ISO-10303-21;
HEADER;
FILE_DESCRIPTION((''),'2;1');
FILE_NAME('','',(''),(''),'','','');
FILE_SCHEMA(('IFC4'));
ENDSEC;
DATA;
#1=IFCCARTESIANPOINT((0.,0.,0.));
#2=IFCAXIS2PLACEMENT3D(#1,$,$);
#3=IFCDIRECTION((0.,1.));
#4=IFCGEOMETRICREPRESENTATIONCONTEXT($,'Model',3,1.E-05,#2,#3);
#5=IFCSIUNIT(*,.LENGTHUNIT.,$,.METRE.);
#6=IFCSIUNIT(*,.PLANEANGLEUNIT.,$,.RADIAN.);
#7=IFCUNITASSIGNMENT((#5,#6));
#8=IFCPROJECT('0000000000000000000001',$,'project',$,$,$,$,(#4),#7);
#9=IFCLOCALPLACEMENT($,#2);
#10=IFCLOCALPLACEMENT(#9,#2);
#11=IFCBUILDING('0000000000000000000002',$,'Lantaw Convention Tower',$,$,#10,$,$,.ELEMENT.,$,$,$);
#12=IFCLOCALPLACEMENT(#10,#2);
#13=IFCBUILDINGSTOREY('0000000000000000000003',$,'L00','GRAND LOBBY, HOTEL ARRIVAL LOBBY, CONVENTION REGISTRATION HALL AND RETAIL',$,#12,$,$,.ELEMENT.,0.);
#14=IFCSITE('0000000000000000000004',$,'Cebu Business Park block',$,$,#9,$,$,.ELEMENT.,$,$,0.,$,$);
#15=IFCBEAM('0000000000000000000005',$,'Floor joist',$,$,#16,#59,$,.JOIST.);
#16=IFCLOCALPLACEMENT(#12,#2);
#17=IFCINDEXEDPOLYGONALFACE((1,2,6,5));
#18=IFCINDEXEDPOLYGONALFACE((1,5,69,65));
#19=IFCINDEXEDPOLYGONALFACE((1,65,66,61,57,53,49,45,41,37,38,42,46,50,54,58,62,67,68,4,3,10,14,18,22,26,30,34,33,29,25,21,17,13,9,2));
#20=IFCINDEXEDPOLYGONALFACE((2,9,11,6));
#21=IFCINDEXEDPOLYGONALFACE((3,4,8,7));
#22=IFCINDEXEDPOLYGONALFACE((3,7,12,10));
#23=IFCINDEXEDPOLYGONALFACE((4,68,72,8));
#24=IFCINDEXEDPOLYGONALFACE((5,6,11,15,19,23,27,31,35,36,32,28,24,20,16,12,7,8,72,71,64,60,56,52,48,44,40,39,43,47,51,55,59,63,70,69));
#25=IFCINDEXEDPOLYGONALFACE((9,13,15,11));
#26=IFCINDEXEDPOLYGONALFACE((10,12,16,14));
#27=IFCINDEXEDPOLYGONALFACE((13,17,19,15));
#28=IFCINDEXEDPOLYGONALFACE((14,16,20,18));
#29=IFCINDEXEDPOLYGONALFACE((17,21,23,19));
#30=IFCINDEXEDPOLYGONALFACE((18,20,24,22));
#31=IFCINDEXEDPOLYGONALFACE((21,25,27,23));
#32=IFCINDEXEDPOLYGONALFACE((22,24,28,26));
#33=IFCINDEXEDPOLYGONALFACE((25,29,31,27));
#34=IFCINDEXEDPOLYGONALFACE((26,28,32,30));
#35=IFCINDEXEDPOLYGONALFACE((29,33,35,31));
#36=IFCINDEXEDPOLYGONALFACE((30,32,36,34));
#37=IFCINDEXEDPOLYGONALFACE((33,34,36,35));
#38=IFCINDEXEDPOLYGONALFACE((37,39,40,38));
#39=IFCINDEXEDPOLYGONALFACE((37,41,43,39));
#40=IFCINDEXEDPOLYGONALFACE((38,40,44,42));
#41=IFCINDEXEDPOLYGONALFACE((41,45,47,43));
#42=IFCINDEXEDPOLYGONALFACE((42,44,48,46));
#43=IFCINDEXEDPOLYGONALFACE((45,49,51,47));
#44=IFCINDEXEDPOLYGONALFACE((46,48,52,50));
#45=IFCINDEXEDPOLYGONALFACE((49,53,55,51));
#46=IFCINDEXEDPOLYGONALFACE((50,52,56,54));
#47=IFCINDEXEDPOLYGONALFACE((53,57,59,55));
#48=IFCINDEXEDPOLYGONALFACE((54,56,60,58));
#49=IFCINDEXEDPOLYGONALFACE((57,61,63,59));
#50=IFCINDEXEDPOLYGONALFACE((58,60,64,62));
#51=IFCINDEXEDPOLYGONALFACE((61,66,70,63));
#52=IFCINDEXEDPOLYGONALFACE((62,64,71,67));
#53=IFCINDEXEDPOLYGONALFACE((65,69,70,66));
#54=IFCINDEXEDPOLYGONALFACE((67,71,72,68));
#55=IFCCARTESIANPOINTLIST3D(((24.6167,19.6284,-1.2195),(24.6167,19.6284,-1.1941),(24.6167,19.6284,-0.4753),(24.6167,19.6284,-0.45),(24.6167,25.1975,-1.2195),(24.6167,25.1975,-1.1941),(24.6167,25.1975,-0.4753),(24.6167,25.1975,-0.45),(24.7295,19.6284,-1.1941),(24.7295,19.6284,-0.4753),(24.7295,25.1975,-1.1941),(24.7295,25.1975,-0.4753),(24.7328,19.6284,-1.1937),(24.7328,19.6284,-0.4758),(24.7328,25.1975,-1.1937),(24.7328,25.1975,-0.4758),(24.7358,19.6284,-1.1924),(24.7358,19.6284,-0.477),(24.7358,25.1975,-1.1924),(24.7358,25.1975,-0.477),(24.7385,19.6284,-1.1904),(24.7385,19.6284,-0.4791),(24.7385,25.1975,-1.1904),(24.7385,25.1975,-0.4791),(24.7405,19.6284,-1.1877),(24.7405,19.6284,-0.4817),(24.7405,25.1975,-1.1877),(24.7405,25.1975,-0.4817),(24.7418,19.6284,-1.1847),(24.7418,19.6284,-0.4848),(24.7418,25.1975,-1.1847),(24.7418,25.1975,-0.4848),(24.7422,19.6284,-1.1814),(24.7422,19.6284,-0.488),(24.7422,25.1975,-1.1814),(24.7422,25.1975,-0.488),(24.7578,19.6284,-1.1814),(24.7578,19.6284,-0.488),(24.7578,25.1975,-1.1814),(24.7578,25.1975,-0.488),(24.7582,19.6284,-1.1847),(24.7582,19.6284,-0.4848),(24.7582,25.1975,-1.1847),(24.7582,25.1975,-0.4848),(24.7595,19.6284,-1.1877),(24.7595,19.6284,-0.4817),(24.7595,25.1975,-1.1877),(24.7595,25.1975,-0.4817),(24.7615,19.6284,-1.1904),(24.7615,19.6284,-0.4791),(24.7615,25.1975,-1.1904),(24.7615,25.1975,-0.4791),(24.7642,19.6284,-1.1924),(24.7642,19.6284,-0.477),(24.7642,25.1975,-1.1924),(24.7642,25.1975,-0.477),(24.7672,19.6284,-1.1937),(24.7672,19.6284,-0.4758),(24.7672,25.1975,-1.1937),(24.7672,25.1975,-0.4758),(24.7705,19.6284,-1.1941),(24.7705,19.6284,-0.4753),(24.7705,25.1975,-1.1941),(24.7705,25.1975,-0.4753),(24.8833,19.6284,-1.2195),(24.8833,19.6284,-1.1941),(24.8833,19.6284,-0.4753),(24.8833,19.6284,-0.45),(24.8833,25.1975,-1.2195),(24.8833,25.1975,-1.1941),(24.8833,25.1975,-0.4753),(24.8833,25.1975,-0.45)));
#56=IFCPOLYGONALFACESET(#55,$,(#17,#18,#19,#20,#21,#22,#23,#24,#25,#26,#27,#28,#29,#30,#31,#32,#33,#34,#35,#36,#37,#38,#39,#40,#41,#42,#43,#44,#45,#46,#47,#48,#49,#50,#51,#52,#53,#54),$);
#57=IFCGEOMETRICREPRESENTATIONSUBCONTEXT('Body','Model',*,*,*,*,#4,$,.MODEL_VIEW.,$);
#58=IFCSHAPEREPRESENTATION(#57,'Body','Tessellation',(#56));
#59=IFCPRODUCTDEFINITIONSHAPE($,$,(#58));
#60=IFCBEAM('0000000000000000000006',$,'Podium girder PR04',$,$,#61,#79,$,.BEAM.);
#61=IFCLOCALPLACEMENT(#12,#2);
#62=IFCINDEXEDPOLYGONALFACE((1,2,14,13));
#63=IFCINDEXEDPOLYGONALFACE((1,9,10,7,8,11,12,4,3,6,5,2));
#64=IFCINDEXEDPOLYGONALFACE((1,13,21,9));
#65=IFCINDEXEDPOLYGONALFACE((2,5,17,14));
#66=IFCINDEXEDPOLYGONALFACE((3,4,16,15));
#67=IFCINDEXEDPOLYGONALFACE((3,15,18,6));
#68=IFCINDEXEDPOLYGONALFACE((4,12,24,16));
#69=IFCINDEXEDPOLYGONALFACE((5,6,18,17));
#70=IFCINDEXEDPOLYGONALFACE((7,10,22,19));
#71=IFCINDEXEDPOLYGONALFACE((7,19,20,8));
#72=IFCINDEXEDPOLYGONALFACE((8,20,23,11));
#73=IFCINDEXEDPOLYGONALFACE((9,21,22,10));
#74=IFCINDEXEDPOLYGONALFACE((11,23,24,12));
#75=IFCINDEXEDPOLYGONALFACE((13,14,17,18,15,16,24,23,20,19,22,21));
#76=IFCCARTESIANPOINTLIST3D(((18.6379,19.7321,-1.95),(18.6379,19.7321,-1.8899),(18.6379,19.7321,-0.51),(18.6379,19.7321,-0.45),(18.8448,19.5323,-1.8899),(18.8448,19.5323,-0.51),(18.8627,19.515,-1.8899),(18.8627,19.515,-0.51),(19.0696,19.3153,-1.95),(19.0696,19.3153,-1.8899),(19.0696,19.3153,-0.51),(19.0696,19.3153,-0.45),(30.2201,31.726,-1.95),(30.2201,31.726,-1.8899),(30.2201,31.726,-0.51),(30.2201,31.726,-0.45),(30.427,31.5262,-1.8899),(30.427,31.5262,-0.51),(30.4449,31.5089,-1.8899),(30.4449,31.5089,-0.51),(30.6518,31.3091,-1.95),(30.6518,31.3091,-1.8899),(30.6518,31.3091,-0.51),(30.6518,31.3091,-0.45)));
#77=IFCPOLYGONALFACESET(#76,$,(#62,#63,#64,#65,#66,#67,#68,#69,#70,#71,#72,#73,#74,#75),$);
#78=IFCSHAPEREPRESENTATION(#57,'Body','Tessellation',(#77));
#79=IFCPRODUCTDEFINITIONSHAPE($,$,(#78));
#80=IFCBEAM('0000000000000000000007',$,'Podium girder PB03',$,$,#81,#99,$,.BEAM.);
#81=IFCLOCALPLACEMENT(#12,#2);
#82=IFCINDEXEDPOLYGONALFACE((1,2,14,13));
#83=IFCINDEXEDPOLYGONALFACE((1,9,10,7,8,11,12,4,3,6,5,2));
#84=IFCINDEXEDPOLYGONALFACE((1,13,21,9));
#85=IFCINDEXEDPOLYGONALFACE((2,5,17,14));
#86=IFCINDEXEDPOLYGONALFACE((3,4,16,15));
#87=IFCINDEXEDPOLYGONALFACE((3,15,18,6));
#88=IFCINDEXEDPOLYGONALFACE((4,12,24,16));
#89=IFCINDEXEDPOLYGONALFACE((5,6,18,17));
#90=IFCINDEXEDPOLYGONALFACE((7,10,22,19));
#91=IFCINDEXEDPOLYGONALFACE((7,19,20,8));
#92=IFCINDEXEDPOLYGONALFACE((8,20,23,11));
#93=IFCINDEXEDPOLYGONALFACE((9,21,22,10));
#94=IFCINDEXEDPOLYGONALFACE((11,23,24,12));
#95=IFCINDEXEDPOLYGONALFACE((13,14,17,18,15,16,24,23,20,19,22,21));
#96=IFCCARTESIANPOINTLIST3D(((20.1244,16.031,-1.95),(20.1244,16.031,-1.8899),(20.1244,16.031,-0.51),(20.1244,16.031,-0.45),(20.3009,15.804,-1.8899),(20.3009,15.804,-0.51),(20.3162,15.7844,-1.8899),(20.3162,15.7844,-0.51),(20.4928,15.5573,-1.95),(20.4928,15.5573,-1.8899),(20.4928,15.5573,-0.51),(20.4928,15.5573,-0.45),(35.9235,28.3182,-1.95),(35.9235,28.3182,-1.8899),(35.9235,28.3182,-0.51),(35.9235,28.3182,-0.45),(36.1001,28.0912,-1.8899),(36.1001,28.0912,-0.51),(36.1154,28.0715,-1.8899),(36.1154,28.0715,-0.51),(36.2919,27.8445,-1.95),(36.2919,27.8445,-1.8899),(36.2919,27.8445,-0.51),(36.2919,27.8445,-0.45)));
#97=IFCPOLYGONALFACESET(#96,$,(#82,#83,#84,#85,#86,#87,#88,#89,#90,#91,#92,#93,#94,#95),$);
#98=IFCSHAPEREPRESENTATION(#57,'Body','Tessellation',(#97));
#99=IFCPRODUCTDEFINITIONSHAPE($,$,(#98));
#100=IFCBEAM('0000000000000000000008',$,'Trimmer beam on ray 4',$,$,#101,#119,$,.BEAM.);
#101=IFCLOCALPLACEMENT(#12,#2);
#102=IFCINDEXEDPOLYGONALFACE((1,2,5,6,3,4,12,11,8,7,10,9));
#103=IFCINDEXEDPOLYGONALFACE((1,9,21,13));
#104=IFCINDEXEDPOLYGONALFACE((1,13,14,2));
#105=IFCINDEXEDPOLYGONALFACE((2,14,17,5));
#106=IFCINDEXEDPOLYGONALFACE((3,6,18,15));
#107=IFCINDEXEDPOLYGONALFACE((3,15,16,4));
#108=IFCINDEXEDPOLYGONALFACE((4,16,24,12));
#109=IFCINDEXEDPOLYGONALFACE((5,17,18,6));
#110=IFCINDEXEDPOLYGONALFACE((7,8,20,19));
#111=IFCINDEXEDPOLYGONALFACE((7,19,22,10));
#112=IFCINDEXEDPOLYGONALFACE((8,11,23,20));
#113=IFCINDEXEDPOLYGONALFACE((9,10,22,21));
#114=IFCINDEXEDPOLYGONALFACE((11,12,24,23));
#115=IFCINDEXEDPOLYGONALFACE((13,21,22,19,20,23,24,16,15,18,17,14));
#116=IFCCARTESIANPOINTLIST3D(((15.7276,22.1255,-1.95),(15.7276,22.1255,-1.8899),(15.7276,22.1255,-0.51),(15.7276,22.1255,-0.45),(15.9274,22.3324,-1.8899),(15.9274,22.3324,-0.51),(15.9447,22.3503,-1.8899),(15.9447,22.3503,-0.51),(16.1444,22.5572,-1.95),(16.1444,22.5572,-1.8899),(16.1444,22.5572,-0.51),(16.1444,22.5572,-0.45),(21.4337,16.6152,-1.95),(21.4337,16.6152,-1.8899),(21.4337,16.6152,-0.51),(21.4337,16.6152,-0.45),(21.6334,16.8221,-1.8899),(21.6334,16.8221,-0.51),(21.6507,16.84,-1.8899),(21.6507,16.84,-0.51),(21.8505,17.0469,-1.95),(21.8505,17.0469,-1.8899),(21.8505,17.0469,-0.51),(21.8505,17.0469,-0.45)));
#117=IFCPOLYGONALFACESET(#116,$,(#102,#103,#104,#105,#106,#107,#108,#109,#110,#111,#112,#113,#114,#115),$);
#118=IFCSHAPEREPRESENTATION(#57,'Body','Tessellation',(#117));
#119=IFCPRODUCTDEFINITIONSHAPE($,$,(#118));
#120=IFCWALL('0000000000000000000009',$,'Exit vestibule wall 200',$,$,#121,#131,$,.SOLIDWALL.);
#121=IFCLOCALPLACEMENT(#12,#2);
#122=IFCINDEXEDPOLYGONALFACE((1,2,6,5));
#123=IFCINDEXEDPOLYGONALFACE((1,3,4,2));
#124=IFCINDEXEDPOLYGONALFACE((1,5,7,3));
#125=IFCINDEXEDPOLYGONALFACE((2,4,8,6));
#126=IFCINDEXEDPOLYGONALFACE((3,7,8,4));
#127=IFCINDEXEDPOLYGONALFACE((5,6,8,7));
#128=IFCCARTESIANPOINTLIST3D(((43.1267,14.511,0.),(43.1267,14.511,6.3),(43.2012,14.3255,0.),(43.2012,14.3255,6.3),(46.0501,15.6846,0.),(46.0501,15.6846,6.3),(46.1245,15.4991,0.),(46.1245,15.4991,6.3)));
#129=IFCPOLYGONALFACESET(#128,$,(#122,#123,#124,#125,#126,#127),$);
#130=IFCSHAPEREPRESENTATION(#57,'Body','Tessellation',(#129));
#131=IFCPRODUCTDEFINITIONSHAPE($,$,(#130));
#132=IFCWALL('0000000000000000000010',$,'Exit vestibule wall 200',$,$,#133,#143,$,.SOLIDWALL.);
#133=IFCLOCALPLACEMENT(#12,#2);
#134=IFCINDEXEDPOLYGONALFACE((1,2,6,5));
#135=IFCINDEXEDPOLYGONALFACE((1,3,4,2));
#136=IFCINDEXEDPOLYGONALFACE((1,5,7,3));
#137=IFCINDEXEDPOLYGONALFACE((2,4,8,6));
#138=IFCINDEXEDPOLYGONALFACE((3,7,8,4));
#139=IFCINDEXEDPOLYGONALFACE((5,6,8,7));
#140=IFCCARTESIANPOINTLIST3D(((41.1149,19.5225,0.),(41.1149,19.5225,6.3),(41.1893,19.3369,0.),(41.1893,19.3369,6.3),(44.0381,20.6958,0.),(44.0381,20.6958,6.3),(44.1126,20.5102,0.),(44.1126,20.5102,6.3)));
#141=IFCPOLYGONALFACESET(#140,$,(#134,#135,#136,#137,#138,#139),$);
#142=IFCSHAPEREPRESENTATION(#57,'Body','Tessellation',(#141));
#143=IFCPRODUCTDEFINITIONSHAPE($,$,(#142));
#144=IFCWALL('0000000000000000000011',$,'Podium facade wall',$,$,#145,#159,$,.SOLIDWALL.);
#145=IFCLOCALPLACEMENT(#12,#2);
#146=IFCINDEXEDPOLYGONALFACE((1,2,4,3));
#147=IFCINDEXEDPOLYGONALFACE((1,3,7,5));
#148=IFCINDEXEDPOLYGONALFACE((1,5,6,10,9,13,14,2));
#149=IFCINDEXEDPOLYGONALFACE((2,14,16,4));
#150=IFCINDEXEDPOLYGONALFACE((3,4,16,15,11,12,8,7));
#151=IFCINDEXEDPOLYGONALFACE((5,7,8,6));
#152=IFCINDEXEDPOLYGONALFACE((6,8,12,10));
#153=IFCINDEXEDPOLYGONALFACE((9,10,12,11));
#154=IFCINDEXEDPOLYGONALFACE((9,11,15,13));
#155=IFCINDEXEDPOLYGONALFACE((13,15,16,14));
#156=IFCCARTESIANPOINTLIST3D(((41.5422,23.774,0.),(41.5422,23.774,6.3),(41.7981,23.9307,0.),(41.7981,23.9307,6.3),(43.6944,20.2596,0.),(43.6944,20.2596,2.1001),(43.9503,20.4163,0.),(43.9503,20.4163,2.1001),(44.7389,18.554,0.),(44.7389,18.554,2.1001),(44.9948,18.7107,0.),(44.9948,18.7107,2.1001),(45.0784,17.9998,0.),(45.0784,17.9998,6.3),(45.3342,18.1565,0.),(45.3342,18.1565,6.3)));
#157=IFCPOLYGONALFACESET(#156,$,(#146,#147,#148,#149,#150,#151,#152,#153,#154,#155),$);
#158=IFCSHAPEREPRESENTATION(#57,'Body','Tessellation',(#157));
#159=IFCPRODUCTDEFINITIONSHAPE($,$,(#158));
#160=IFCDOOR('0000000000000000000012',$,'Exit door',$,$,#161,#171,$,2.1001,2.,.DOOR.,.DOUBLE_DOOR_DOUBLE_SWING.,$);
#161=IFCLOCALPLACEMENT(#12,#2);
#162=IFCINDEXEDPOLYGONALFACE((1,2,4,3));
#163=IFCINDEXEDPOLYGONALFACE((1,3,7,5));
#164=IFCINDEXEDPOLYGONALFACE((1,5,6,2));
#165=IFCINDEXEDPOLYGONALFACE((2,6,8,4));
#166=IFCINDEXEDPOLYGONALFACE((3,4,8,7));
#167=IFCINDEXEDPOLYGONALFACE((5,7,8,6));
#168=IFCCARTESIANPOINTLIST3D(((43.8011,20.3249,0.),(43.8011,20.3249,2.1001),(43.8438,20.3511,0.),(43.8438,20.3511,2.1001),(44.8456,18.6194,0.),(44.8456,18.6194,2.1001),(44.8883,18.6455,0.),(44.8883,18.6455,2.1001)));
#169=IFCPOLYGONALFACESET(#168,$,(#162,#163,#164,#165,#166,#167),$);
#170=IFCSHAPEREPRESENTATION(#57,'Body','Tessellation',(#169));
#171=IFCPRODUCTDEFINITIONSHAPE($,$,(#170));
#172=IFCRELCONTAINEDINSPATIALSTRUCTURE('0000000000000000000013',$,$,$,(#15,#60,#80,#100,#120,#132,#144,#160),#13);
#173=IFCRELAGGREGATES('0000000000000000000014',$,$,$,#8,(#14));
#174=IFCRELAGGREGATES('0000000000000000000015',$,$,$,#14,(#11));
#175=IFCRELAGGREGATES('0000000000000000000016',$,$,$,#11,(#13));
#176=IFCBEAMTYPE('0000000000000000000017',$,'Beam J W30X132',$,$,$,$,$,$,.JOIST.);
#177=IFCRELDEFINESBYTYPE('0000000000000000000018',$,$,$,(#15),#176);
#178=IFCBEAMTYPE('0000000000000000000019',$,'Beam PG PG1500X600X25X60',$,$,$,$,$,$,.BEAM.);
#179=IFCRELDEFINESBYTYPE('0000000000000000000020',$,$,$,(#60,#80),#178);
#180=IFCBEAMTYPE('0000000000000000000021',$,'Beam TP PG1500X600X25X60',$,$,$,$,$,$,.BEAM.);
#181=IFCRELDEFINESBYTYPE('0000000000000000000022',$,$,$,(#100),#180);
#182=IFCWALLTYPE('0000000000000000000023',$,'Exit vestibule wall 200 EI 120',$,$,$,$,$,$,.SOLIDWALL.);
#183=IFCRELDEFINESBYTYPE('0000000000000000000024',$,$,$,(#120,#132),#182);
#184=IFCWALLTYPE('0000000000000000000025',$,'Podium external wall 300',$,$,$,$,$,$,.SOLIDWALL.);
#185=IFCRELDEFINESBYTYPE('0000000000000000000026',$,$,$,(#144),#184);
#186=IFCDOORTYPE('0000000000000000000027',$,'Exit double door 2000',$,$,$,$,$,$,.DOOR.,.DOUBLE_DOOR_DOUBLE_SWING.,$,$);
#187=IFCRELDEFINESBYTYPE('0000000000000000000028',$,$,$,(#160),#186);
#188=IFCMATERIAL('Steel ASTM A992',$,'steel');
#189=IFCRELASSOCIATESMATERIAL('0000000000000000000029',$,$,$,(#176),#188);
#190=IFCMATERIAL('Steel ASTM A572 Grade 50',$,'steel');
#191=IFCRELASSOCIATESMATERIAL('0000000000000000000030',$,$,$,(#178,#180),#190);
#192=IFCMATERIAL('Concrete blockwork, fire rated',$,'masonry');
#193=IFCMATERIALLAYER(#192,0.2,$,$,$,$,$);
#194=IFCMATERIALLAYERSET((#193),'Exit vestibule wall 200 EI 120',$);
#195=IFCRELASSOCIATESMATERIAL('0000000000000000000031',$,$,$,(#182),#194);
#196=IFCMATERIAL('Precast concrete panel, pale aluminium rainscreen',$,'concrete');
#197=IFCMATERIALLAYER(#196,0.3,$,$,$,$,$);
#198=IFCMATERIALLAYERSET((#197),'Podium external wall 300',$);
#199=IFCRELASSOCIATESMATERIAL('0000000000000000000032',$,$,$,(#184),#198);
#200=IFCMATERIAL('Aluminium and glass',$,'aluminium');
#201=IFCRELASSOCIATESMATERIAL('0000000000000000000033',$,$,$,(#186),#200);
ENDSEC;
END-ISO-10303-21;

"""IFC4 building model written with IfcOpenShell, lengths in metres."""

from ifc_helpers import new_model, si_unit, direction, frame, frame_2d, origin, origin_2d, place, context, subcontext, project, spatial, rectangle, i_section, extrude, material, layer, layer_set, material_profile, profile_set, type_object, element, fill, save


model = new_model("IFC4")

# Units and contexts
model_context = context("Model", 3, precision=1e-05, world=origin(), true_north=direction((0.0, 1.0)))
body_context = subcontext(model_context, "Body", "Model", "MODEL_VIEW")
ifc_project = project(units=[si_unit("LENGTHUNIT", "METRE"), si_unit("PLANEANGLEUNIT", "RADIAN")], contexts=[model_context])

# Site, building, storey
site_placement = place(None, origin())
site = spatial("IfcSite", under=ifc_project, at=site_placement, Name="Cebu Business Park block", CompositionType="ELEMENT", RefElevation=0.0)
building_placement = place(site_placement, origin())
building = spatial("IfcBuilding", under=site, at=building_placement, Name="Lantaw Convention Tower", CompositionType="ELEMENT")
storey_placement = place(building_placement, origin())
storey = spatial("IfcBuildingStorey", under=building, at=storey_placement, Name="L00", Description="GRAND LOBBY, HOTEL ARRIVAL LOBBY, CONVENTION REGISTRATION HALL AND RETAIL", CompositionType="ELEMENT", Elevation=0.0)

# Shared definitions
ifc_material_1 = material(Name="Steel ASTM A572 Grade 50", Category="steel")

# Beams
ifc_material_2 = material(Name="Steel ASTM A992", Category="steel")
ifc_material_profile_1 = material_profile(ifc_material_2, i_section(OverallWidth=0.2666, OverallDepth=0.7695, WebThickness=0.0156, FlangeThickness=0.0254, FilletRadius=0.0127, at=origin_2d()), Name="W30X132")
ifc_profile_set_1 = profile_set([ifc_material_profile_1], Name="Steel ASTM A992")
beam_type_1 = type_object("IfcBeamType", Name="Beam J W30X132", PredefinedType="JOIST", material=ifc_profile_set_1)
beam_1_placement = place(storey_placement, frame((24.75, 19.6284, -0.8347), z_axis=(0.0, 1.0, 0.0), x_axis=(-1.0, 0.0, 0.0)))
element("IfcBeam", 1, at=beam_1_placement, inside=storey, type_object=beam_type_1, Name="Floor joist", PredefinedType="JOIST", context=body_context, shape_type="SweptSolid", body=[
    extrude(i_section(OverallWidth=0.2666, OverallDepth=0.7695, WebThickness=0.0156, FlangeThickness=0.0254, FilletRadius=0.0127, at=origin_2d()), origin(), (0.0, 0.0, 1.0), 5.5691),
])
ifc_material_profile_2 = material_profile(ifc_material_1, i_section(OverallWidth=0.6001, OverallDepth=1.5, WebThickness=0.0249, FlangeThickness=0.0601, at=origin_2d()), Name="PG1500X600X25X60")
ifc_profile_set_2 = profile_set([ifc_material_profile_2], Name="Steel ASTM A572 Grade 50")
beam_type_2 = type_object("IfcBeamType", Name="Beam PG PG1500X600X25X60", PredefinedType="BEAM", material=ifc_profile_set_2)
beam_2_placement = place(storey_placement, frame((18.8538, 19.5237, -1.2), z_axis=(0.694655, 0.719343, 0.0), x_axis=(-0.719343, 0.694655, 0.0)))
element("IfcBeam", 2, at=beam_2_placement, inside=storey, type_object=beam_type_2, Name="Podium girder PR04", PredefinedType="BEAM", context=body_context, shape_type="SweptSolid", body=[
    extrude(i_section(OverallWidth=0.6001, OverallDepth=1.5, WebThickness=0.0249, FlangeThickness=0.0601, at=origin_2d()), origin(), (0.0, 0.0, 1.0), 16.6733),
])
beam_3_placement = place(storey_placement, frame((20.3086, 15.7942, -1.2), z_axis=(0.789378, 0.613908, 0.0), x_axis=(-0.613908, 0.789378, 0.0)))
element("IfcBeam", 3, at=beam_3_placement, inside=storey, type_object=beam_type_2, Name="Podium girder PB03", PredefinedType="BEAM", context=body_context, shape_type="SweptSolid", body=[
    extrude(i_section(OverallWidth=0.6001, OverallDepth=1.5, WebThickness=0.0249, FlangeThickness=0.0601, at=origin_2d()), origin(), (0.0, 0.0, 1.0), 20.0146),
])
ifc_material_profile_3 = material_profile(ifc_material_1, i_section(OverallWidth=0.6001, OverallDepth=1.5, WebThickness=0.0249, FlangeThickness=0.0601, at=origin_2d()), Name="PG1500X600X25X60")
ifc_profile_set_3 = profile_set([ifc_material_profile_3], Name="Steel ASTM A572 Grade 50")
beam_type_3 = type_object("IfcBeamType", Name="Beam TP PG1500X600X25X60", PredefinedType="BEAM", material=ifc_profile_set_3)
beam_4_placement = place(storey_placement, frame((21.6421, 16.8311, -1.2), z_axis=(-0.719341, 0.694657, 0.0), x_axis=(-0.694657, -0.719341, 0.0)))
element("IfcBeam", 4, at=beam_4_placement, inside=storey, type_object=beam_type_3, Name="Trimmer beam on ray 4", PredefinedType="BEAM", context=body_context, shape_type="SweptSolid", body=[
    extrude(i_section(OverallWidth=0.6001, OverallDepth=1.5, WebThickness=0.0249, FlangeThickness=0.0601, at=origin_2d()), origin(), (0.0, 0.0, 1.0), 7.9324),
])

# Walls
ifc_material_3 = material(Name="Concrete blockwork, fire rated", Category="masonry")
ifc_layer_1 = layer(ifc_material_3, 0.2)
ifc_layer_set_1 = layer_set([ifc_layer_1], Name="Exit vestibule wall 200 EI 120")
wall_type_1 = type_object("IfcWallType", Name="Exit vestibule wall 200 EI 120", PredefinedType="SOLIDWALL", material=ifc_layer_set_1)
wall_1_placement = place(storey_placement, frame((43.1638, 14.4182, 0.0), z_axis=(0.0, 0.0, 1.0), x_axis=(0.928011, 0.372553, 0.0)))
element("IfcWall", 5, at=wall_1_placement, inside=storey, type_object=wall_type_1, Name="Exit vestibule wall 200", PredefinedType="SOLIDWALL", context=body_context, shape_type="SweptSolid", body=[
    extrude(rectangle(XDim=3.1501, YDim=0.2, at=frame_2d((1.5752, 0.0))), origin(), (0.0, 0.0, 1.0), 6.3),
])
wall_2_placement = place(storey_placement, frame((41.1521, 19.4297, 0.0), z_axis=(0.0, 0.0, 1.0), x_axis=(0.928038, 0.372486, 0.0)))
element("IfcWall", 6, at=wall_2_placement, inside=storey, type_object=wall_type_1, Name="Exit vestibule wall 200", PredefinedType="SOLIDWALL", context=body_context, shape_type="SweptSolid", body=[
    extrude(rectangle(XDim=3.1499, YDim=0.2, at=frame_2d((1.575, 0.0))), origin(), (0.0, 0.0, 1.0), 6.3),
])

# Wall, opening, door
ifc_material_4 = material(Name="Precast concrete panel, pale aluminium rainscreen", Category="concrete")
ifc_layer_2 = layer(ifc_material_4, 0.3)
ifc_layer_set_2 = layer_set([ifc_layer_2], Name="Podium external wall 300")
wall_type_2 = type_object("IfcWallType", Name="Podium external wall 300", PredefinedType="SOLIDWALL", material=ifc_layer_set_2)
wall_3_placement = place(storey_placement, frame((45.2063, 18.0781, 0.0), z_axis=(0.0, 0.0, 1.0), x_axis=(-0.522253, 0.85279, 0.0)))
wall_3 = element("IfcWall", 7, at=wall_3_placement, inside=storey, type_object=wall_type_2, Name="Podium facade wall", PredefinedType="SOLIDWALL", context=body_context, shape_type="SweptSolid", body=[
    extrude(rectangle(XDim=6.771, YDim=0.3, at=frame_2d((3.3855, 0.0))), origin(), (0.0, 0.0, 1.0), 6.3),
])
opening_1_placement = place(wall_3_placement, frame((0.6499, 0.0, 0.0)))
opening_1 = element("IfcOpeningElement", 8, at=opening_1_placement, cuts=wall_3, PredefinedType="OPENING", context=body_context, shape_type="SweptSolid", body=[
    extrude(rectangle(XDim=2.0, YDim=2.1001, at=frame_2d((1.0, 1.05))), frame((0.0, 0.1599, 0.0), z_axis=(0.0, -1.0, 0.0), x_axis=(1.0, 0.0, 0.0)), (0.0, 0.0, 1.0), 0.3201),
])
ifc_material_5 = material(Name="Aluminium and glass", Category="aluminium")
door_type_1 = type_object("IfcDoorType", Name="Exit double door 2000", OperationType="DOUBLE_DOOR_DOUBLE_SWING", PredefinedType="DOOR", material=ifc_material_5)
door_1_placement = place(opening_1_placement, origin())
door_1 = element("IfcDoor", 9, at=door_1_placement, inside=storey, type_object=door_type_1, Name="Exit door", OperationType="DOUBLE_DOOR_DOUBLE_SWING", OverallHeight=2.1001, OverallWidth=2.0, PredefinedType="DOOR", context=body_context, shape_type="SweptSolid", body=[
    extrude(rectangle(XDim=2.0, YDim=2.1001, at=frame_2d((1.0, 1.05))), frame((0.0, 0.0249, 0.0), z_axis=(0.0, -1.0, 0.0), x_axis=(1.0, 0.0, 0.0)), (0.0, 0.0, 1.0), 0.05),
])
fill(opening_1, door_1)

save(model, "model.ifc")
